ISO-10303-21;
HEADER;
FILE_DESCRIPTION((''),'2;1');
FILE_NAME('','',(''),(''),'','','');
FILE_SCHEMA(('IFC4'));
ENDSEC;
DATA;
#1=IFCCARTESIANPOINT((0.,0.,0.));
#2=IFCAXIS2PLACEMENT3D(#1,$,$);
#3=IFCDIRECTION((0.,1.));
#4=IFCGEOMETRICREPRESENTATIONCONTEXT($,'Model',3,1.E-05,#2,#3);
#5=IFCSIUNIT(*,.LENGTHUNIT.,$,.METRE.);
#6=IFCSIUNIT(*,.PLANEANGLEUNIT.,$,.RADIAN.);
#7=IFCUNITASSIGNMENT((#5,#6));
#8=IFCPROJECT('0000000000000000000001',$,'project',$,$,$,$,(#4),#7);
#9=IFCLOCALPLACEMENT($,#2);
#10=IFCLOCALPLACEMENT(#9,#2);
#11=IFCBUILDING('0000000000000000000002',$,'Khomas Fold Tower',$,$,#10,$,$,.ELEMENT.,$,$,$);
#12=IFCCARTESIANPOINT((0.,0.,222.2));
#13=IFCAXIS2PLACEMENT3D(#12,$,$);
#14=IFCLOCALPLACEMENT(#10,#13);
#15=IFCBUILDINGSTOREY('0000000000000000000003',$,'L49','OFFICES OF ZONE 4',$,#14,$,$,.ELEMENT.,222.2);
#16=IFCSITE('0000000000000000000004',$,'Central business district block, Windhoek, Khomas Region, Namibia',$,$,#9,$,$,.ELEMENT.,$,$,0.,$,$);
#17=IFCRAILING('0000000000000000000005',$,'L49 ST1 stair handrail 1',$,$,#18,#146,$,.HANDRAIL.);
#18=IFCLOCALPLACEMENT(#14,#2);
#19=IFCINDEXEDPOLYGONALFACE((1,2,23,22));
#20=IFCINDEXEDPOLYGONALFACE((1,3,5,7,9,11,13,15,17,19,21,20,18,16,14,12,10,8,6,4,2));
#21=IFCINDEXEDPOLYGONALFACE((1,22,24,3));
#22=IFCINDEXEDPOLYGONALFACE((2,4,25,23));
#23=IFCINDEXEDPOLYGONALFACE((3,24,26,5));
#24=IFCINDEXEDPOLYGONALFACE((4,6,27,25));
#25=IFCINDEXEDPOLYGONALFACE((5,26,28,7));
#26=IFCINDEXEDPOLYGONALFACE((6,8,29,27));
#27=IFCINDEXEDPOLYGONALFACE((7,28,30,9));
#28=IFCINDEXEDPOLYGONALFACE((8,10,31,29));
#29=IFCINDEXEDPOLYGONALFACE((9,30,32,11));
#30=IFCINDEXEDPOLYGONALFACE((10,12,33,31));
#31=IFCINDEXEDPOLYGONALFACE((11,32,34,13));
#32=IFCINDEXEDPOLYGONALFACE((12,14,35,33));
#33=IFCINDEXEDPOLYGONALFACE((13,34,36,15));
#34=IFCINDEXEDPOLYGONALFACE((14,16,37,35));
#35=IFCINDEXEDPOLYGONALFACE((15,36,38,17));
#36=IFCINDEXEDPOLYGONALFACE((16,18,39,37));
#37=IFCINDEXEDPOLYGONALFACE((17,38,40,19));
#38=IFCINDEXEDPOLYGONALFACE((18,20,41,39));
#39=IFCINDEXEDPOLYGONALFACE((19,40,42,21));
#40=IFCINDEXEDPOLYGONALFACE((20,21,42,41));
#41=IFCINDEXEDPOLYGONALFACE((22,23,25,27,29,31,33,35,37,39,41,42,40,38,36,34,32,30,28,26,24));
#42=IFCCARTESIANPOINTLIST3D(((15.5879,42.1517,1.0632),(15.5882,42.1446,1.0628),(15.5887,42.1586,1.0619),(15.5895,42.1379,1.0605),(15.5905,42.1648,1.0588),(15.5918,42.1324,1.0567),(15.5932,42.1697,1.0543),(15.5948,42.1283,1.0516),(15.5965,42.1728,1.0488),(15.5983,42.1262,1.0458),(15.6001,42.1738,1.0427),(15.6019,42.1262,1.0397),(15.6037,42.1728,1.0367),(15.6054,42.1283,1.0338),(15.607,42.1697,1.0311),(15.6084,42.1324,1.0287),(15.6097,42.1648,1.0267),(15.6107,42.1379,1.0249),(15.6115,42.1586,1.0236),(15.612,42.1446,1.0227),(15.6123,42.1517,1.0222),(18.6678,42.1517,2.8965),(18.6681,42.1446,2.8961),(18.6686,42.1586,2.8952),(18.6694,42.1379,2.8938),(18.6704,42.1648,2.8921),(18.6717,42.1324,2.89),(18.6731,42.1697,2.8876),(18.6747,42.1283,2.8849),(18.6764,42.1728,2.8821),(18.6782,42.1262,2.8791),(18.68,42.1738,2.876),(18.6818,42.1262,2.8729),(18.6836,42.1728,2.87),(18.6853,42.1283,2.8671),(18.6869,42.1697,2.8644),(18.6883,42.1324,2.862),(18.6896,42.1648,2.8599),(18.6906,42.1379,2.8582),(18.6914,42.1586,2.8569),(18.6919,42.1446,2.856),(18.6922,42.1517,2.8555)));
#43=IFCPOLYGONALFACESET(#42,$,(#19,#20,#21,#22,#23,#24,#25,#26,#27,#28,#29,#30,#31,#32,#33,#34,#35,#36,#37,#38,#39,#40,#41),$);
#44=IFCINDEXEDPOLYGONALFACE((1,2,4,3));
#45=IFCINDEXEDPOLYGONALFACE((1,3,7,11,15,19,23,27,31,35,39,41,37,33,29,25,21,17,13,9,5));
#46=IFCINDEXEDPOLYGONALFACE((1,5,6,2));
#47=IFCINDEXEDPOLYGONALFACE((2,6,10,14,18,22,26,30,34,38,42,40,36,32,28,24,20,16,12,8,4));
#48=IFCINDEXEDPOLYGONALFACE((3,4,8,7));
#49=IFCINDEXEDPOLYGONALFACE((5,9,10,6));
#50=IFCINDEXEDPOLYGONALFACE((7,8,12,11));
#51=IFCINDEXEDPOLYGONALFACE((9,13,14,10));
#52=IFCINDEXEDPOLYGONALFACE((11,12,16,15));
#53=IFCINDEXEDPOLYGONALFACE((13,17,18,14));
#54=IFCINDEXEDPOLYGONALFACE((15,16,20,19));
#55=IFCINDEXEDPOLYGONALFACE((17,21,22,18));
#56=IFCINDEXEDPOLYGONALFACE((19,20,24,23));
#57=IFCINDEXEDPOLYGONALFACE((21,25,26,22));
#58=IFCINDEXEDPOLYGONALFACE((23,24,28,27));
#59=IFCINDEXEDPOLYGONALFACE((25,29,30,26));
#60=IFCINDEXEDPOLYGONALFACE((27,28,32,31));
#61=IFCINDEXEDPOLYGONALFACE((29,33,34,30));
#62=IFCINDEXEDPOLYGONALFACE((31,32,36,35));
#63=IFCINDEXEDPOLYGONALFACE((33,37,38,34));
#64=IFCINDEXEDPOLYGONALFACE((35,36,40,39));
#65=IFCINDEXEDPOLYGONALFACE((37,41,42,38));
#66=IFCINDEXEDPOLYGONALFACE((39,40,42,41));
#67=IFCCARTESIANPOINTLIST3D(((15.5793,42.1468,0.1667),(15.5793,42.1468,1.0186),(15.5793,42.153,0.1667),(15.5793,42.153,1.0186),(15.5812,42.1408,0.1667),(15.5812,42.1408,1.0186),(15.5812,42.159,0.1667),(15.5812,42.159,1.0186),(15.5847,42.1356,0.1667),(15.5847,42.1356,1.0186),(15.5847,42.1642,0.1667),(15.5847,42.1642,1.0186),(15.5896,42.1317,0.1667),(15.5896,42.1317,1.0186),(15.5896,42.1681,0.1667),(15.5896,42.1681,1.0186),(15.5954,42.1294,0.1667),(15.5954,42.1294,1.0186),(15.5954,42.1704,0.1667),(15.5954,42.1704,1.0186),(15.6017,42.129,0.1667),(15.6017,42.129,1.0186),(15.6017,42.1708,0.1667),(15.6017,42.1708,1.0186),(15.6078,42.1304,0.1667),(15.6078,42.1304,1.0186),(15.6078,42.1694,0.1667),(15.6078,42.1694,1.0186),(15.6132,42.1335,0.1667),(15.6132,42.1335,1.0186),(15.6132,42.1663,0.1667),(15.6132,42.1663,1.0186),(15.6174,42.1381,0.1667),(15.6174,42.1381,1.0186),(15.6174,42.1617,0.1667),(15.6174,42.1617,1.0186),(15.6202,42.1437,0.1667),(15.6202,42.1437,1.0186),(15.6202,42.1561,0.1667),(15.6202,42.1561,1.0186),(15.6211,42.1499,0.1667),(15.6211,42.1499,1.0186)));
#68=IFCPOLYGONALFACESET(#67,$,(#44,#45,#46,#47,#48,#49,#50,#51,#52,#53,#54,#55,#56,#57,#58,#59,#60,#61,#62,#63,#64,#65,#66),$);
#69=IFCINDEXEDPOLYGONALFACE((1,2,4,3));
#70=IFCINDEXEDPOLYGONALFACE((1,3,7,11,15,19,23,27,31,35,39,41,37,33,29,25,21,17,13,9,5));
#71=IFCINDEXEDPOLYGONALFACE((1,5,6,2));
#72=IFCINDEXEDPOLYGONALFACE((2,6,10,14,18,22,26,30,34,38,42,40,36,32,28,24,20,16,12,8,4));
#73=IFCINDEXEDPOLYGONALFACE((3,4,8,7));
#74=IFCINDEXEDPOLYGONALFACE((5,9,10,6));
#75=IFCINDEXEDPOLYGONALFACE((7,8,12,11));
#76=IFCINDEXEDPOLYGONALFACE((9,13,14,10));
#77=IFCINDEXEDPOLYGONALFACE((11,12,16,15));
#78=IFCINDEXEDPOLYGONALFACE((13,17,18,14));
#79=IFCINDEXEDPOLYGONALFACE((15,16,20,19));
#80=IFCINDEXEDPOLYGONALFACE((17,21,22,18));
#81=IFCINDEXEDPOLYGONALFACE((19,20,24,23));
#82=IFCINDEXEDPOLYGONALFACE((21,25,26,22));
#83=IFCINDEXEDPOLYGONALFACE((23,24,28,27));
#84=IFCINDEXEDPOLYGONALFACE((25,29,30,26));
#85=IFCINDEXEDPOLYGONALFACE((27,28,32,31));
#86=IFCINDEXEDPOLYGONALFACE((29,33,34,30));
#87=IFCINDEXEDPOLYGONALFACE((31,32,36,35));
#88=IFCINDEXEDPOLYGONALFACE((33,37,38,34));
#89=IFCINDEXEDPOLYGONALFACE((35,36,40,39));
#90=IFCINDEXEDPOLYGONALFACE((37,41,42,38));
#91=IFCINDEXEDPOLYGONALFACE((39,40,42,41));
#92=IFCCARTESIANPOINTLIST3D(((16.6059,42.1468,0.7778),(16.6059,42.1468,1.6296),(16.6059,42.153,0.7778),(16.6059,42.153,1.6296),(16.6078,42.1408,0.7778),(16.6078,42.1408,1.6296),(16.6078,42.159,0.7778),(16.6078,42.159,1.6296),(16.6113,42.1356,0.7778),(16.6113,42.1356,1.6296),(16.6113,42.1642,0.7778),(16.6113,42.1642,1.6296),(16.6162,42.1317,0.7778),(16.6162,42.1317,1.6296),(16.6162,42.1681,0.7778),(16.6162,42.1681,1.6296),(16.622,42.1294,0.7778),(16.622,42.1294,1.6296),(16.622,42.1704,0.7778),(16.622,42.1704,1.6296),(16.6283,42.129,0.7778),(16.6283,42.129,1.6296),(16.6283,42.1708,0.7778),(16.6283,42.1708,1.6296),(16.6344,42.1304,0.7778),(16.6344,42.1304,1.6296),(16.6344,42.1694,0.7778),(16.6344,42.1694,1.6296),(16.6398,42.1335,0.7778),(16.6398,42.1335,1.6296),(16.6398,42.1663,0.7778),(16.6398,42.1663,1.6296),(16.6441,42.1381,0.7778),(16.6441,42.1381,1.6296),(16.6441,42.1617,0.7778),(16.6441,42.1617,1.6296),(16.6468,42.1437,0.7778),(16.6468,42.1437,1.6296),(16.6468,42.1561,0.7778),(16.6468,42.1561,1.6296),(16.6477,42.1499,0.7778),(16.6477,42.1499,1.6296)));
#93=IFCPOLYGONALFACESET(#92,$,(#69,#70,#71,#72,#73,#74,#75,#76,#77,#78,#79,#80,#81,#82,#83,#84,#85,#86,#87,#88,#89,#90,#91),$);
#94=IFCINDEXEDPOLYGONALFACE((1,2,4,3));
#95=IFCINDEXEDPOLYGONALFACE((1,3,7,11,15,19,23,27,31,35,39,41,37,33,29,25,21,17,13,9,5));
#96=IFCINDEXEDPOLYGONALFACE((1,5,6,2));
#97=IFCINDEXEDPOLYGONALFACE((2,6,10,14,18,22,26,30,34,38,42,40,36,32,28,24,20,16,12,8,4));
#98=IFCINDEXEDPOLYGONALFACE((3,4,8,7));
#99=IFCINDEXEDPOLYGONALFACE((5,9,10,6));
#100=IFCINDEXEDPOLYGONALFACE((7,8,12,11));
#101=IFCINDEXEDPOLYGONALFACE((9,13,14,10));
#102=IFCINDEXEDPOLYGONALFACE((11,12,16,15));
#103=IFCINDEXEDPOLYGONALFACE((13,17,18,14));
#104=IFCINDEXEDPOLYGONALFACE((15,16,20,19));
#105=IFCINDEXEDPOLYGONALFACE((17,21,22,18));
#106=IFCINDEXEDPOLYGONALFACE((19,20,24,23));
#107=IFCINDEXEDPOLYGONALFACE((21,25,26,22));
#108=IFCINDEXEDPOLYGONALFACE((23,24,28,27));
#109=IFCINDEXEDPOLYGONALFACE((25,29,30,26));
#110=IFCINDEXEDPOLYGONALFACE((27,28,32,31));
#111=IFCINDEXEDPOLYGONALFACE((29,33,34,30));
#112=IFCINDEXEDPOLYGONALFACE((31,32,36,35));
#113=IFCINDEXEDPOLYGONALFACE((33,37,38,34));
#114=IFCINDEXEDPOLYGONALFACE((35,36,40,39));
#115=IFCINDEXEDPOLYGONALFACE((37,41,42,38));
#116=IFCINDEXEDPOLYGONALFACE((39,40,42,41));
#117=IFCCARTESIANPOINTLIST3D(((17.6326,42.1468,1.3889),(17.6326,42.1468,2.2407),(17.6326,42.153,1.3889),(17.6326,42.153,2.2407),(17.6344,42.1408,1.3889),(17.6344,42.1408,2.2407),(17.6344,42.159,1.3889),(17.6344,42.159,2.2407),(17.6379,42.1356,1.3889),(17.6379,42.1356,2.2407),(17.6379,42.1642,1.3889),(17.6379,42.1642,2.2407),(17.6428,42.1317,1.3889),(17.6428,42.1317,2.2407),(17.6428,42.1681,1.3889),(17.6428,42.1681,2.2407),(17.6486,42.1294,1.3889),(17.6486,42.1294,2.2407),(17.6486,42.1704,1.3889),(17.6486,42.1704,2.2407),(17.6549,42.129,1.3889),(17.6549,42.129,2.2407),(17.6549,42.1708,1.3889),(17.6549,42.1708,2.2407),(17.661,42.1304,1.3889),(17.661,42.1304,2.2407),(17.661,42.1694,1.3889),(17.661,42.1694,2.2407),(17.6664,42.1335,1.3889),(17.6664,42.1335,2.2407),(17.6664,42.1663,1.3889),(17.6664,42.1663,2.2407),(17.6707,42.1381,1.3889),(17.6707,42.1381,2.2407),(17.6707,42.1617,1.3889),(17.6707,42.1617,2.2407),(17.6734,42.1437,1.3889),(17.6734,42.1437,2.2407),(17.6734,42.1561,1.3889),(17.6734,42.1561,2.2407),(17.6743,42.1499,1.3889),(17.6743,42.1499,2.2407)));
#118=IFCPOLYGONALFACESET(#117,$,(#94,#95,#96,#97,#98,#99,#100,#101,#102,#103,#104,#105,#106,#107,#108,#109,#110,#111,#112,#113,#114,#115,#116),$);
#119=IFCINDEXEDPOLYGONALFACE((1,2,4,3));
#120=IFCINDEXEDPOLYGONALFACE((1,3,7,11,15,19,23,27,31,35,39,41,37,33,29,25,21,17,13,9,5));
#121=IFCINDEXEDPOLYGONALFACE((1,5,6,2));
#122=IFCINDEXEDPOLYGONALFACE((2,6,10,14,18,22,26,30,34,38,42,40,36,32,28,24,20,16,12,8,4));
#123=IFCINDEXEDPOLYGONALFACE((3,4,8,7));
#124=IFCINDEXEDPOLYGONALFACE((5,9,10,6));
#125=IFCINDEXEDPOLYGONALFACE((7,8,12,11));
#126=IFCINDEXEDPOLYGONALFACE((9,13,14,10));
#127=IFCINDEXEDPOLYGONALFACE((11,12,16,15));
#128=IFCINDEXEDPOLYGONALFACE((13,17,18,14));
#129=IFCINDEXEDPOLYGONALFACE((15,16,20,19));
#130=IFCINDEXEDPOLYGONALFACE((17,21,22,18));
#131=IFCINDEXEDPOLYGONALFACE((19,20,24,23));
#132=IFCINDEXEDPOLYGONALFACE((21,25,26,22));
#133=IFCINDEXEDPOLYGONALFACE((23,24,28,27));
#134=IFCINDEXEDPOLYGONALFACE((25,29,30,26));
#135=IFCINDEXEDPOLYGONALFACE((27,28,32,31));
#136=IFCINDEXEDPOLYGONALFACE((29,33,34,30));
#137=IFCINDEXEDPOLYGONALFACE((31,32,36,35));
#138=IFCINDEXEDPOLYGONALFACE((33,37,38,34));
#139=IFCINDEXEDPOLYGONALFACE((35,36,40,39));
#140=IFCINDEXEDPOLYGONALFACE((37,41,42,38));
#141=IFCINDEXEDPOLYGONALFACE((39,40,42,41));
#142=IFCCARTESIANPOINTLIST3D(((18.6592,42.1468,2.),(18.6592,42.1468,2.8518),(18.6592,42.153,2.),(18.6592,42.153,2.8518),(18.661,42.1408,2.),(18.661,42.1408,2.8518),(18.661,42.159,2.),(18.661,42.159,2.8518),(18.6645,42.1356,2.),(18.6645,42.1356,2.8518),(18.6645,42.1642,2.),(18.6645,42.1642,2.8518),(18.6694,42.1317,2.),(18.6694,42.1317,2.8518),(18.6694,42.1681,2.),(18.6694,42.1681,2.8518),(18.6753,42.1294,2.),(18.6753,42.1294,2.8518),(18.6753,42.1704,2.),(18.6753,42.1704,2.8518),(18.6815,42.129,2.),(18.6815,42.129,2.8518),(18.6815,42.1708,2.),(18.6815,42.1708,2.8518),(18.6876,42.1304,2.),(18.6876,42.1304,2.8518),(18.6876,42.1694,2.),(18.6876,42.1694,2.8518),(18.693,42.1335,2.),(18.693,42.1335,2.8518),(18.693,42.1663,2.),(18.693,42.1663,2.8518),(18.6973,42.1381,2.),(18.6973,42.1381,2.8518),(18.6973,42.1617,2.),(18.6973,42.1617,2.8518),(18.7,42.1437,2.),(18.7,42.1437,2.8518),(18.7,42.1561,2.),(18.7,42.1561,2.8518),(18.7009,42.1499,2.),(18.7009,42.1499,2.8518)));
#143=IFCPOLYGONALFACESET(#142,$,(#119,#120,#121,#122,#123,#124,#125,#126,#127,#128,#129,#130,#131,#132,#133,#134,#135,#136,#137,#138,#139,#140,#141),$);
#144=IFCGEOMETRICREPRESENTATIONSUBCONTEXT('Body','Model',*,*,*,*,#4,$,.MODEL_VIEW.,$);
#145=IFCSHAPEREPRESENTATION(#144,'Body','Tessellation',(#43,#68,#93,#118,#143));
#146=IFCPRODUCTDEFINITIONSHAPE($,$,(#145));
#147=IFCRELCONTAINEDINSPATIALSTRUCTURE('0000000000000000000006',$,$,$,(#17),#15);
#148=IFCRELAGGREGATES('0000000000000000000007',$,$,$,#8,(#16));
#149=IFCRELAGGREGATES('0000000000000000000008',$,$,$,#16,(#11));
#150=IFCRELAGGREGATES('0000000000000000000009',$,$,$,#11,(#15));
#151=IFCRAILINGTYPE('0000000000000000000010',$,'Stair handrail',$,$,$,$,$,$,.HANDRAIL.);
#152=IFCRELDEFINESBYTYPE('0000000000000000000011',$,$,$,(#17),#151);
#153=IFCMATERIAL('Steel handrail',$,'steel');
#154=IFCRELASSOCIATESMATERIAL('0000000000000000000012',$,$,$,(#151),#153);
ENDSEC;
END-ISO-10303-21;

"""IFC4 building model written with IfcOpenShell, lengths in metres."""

from ifc_helpers import new_model, si_unit, direction, frame, origin, origin_2d, place, context, subcontext, project, spatial, circle, extrude, source, transform, mapped, material, type_object, element, save


model = new_model("IFC4")

# Units and contexts
model_context = context("Model", 3, precision=1e-05, world=origin(), true_north=direction((0.0, 1.0)))
body_context = subcontext(model_context, "Body", "Model", "MODEL_VIEW")
ifc_project = project(units=[si_unit("LENGTHUNIT", "METRE"), si_unit("PLANEANGLEUNIT", "RADIAN")], contexts=[model_context])

# Site, building, storey
site_placement = place(None, origin())
site = spatial("IfcSite", under=ifc_project, at=site_placement, Name="Central business district block, Windhoek, Khomas Region, Namibia", CompositionType="ELEMENT", RefElevation=0.0)
building_placement = place(site_placement, origin())
building = spatial("IfcBuilding", under=site, at=building_placement, Name="Khomas Fold Tower", CompositionType="ELEMENT")
storey_placement = place(building_placement, frame((0.0, 0.0, 222.2)))
storey = spatial("IfcBuildingStorey", under=building, at=storey_placement, Name="L49", Description="OFFICES OF ZONE 4", CompositionType="ELEMENT", Elevation=222.2)

# Railing
ifc_material_1 = material(Name="Steel handrail", Category="steel")
railing_type_1 = type_object("IfcRailingType", Name="Stair handrail", PredefinedType="HANDRAIL", material=ifc_material_1)
shared_shape_1 = source(origin(), body_context, "Body", "SweptSolid", [
    extrude(circle(Radius=0.0239, at=origin_2d()), frame((0.0, 0.0, 0.876), z_axis=(0.859291, 0.0, 0.511487), x_axis=(0.0, 1.0, 0.0)), (0.0, 0.0, 1.0), 3.5842),
    extrude(circle(Radius=0.021, at=origin_2d()), origin(), (0.0, 0.0, 1.0), 0.8518),
    extrude(circle(Radius=0.021, at=origin_2d()), frame((1.0266, 0.0, 0.6111)), (0.0, 0.0, 1.0), 0.8518),
    extrude(circle(Radius=0.021, at=origin_2d()), frame((2.0532, 0.0, 1.2222)), (0.0, 0.0, 1.0), 0.8518),
    extrude(circle(Radius=0.021, at=origin_2d()), frame((3.0798, 0.0, 1.8333)), (0.0, 0.0, 1.0), 0.8518),
])
railing_1_placement = place(storey_placement, frame((15.6001, 42.1499, 0.1667)))
element("IfcRailing", 1, at=railing_1_placement, inside=storey, type_object=railing_type_1, Name="L49 ST1 stair handrail 1", PredefinedType="HANDRAIL", context=body_context, shape_type="MappedRepresentation", body=[
    mapped(shared_shape_1, transform((0.0, 0.0, 0.0))),
])

save(model, "model.ifc")
